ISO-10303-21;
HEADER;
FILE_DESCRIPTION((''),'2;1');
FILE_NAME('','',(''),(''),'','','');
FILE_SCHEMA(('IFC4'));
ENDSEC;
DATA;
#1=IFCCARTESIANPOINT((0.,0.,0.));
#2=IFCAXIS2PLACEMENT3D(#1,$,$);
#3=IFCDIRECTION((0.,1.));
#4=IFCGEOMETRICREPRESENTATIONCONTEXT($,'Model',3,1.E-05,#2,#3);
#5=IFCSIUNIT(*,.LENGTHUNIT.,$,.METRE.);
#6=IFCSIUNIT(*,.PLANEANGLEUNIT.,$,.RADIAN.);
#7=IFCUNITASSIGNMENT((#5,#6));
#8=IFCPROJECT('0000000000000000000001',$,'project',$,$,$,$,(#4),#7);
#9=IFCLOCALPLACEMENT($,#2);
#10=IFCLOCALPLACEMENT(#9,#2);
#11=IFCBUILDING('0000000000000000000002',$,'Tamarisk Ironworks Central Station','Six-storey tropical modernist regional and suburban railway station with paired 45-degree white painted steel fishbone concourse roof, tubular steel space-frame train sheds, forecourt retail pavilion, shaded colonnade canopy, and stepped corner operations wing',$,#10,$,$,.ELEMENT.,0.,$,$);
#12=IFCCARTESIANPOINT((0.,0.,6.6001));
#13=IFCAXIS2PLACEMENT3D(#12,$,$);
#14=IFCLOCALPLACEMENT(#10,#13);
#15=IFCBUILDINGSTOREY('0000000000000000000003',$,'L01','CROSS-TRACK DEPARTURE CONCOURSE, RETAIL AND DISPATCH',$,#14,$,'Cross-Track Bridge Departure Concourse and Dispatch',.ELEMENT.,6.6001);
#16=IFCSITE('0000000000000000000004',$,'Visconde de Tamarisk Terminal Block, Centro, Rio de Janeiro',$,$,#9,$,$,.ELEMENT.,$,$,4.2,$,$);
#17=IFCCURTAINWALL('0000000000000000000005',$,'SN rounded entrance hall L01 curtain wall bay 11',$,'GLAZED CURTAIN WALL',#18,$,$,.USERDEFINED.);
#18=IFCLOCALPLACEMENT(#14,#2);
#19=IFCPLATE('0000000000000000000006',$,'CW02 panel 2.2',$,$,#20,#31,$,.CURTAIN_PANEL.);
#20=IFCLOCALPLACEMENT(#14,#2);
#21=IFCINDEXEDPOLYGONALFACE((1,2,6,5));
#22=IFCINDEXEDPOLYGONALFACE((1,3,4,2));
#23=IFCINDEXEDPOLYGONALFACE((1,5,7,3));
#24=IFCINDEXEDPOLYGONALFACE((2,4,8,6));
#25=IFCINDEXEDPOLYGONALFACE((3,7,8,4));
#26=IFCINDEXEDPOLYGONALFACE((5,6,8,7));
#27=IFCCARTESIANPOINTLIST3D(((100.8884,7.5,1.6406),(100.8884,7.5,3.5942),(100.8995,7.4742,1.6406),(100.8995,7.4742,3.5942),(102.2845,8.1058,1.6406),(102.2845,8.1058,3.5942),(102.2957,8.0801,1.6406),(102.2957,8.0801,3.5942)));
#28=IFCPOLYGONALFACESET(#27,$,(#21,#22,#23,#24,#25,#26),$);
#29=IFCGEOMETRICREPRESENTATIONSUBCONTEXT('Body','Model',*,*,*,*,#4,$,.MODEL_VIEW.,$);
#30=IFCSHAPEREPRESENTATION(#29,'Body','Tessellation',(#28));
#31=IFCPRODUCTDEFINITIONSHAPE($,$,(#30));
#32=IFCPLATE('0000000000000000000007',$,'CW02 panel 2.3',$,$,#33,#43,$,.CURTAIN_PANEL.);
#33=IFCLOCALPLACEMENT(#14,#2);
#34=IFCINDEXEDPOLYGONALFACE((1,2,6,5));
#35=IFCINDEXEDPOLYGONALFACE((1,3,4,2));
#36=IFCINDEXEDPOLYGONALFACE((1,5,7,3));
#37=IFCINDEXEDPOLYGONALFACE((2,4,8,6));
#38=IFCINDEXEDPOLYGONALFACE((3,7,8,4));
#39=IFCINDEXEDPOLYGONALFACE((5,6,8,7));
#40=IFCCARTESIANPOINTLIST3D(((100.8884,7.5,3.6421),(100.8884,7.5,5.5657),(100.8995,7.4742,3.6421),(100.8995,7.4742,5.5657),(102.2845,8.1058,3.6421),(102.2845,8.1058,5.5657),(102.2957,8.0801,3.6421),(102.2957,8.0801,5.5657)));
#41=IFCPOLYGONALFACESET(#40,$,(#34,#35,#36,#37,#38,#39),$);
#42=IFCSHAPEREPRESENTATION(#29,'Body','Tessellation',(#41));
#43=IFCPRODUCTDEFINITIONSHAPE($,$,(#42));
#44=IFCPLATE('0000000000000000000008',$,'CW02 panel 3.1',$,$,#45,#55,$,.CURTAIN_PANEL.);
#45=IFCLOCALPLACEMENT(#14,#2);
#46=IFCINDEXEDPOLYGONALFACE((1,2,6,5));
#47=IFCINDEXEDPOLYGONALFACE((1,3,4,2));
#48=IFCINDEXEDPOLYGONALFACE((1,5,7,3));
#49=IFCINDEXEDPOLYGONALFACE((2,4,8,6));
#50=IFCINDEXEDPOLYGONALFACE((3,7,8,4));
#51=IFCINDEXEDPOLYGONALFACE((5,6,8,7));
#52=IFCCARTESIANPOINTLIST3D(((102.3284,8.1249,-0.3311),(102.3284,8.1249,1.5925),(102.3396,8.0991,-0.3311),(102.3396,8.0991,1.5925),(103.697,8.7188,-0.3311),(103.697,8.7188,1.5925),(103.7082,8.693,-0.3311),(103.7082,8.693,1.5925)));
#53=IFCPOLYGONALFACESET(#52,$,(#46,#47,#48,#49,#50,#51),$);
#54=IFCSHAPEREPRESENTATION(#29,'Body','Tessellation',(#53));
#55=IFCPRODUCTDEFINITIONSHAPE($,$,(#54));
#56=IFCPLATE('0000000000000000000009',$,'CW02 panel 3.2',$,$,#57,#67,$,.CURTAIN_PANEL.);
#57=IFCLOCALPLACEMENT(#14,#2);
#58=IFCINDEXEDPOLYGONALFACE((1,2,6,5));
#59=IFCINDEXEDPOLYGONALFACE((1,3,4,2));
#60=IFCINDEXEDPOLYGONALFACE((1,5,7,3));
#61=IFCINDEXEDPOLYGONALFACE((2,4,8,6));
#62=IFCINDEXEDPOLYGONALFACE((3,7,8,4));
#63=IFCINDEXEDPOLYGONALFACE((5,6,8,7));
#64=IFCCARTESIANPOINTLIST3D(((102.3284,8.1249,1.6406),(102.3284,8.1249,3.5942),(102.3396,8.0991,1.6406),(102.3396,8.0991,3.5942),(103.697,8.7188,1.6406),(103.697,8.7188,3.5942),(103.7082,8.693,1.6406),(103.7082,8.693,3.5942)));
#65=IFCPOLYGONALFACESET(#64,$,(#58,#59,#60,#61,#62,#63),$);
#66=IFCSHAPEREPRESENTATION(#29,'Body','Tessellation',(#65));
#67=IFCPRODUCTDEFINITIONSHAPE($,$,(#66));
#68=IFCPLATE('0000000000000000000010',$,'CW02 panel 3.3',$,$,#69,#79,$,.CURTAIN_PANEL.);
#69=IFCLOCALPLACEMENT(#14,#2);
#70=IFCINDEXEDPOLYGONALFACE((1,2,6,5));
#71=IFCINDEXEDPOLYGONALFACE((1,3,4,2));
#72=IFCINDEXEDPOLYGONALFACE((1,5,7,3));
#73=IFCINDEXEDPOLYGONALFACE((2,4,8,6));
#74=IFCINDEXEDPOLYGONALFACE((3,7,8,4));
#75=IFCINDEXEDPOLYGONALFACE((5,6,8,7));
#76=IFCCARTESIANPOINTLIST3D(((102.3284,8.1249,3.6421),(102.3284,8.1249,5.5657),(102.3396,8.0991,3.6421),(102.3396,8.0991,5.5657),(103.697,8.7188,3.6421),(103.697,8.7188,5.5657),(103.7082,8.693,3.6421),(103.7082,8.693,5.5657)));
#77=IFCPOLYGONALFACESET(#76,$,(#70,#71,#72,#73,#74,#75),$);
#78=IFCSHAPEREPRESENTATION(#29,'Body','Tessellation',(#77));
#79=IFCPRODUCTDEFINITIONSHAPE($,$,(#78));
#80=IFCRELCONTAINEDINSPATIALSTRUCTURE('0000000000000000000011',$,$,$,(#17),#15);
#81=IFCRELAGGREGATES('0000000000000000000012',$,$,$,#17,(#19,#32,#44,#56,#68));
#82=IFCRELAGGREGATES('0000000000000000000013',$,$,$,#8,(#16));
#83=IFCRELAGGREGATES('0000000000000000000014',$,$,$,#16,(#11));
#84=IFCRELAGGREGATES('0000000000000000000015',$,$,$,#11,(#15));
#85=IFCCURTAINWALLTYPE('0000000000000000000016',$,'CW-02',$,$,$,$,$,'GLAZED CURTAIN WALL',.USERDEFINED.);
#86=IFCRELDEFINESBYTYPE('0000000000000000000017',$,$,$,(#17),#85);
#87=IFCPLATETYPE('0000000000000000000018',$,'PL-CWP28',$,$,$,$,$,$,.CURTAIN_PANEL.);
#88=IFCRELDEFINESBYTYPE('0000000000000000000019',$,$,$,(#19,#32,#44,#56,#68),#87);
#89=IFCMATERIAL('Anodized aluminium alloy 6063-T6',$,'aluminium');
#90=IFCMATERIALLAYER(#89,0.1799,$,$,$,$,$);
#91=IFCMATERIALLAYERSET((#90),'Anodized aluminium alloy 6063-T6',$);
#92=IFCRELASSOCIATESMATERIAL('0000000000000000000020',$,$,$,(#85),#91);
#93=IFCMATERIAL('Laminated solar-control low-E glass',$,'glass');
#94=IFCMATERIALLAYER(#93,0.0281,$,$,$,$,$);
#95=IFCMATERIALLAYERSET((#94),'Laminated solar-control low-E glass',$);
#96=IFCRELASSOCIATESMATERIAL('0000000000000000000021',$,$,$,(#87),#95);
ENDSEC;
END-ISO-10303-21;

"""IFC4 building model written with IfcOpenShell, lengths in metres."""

from ifc_helpers import new_model, si_unit, direction, frame, origin, origin_2d, place, context, subcontext, project, spatial, rectangle, extrude, material, layer, layer_set, type_object, element, aggregate, save


model = new_model("IFC4")

# Units and contexts
model_context = context("Model", 3, precision=1e-05, world=origin(), true_north=direction((0.0, 1.0)))
body_context = subcontext(model_context, "Body", "Model", "MODEL_VIEW")
ifc_project = project(units=[si_unit("LENGTHUNIT", "METRE"), si_unit("PLANEANGLEUNIT", "RADIAN")], contexts=[model_context])

# Site, building, storey
site_placement = place(None, origin())
site = spatial("IfcSite", under=ifc_project, at=site_placement, Name="Visconde de Tamarisk Terminal Block, Centro, Rio de Janeiro", CompositionType="ELEMENT", RefElevation=4.2)
building_placement = place(site_placement, origin())
building = spatial("IfcBuilding", under=site, at=building_placement, Name="Tamarisk Ironworks Central Station", Description="Six-storey tropical modernist regional and suburban railway station with paired 45-degree white painted steel fishbone concourse roof, tubular steel space-frame train sheds, forecourt retail pavilion, shaded colonnade canopy, and stepped corner operations wing", CompositionType="ELEMENT", ElevationOfRefHeight=0.0)
storey_placement = place(building_placement, frame((0.0, 0.0, 6.6001)))
storey = spatial("IfcBuildingStorey", under=building, at=storey_placement, Name="L01", Description="CROSS-TRACK DEPARTURE CONCOURSE, RETAIL AND DISPATCH", LongName="Cross-Track Bridge Departure Concourse and Dispatch", CompositionType="ELEMENT", Elevation=6.6001)

# Curtain wall, plates
ifc_material_1 = material(Name="Anodized aluminium alloy 6063-T6", Category="aluminium")
ifc_layer_1 = layer(ifc_material_1, 0.1799)
ifc_layer_set_1 = layer_set([ifc_layer_1], Name="Anodized aluminium alloy 6063-T6")
curtain_wall_type = type_object("IfcCurtainWallType", Name="CW-02", ElementType="GLAZED CURTAIN WALL", PredefinedType="USERDEFINED", material=ifc_layer_set_1)
curtain_wall_placement = place(storey_placement, origin())
curtain_wall = element("IfcCurtainWall", 1, at=curtain_wall_placement, inside=storey, type_object=curtain_wall_type, Name="SN rounded entrance hall L01 curtain wall bay 11", ObjectType="GLAZED CURTAIN WALL", PredefinedType="USERDEFINED")
ifc_material_2 = material(Name="Laminated solar-control low-E glass", Category="glass")
ifc_layer_2 = layer(ifc_material_2, 0.0281)
ifc_layer_set_2 = layer_set([ifc_layer_2], Name="Laminated solar-control low-E glass")
plate_type = type_object("IfcPlateType", Name="PL-CWP28", PredefinedType="CURTAIN_PANEL", material=ifc_layer_set_2)
plate_1_placement = place(storey_placement, frame((101.592, 7.79, 1.6406), z_axis=(0.0, 0.0, 1.0), x_axis=(0.917352, 0.398077, 0.0)))
plate_1 = element("IfcPlate", 2, at=plate_1_placement, type_object=plate_type, Name="CW02 panel 2.2", PredefinedType="CURTAIN_PANEL", context=body_context, shape_type="SweptSolid", body=[
    extrude(rectangle(XDim=1.522, YDim=0.0281, at=origin_2d()), origin(), (0.0, 0.0, 1.0), 1.9536),
])
plate_2_placement = place(storey_placement, frame((101.592, 7.79, 3.6421), z_axis=(0.0, 0.0, 1.0), x_axis=(0.917352, 0.398077, 0.0)))
plate_2 = element("IfcPlate", 3, at=plate_2_placement, type_object=plate_type, Name="CW02 panel 2.3", PredefinedType="CURTAIN_PANEL", context=body_context, shape_type="SweptSolid", body=[
    extrude(rectangle(XDim=1.522, YDim=0.0281, at=origin_2d()), origin(), (0.0, 0.0, 1.0), 1.9236),
])
plate_3_placement = place(storey_placement, frame((103.0183, 8.4089, -0.3311), z_axis=(0.0, 0.0, 1.0), x_axis=(0.917352, 0.398077, 0.0)))
plate_3 = element("IfcPlate", 4, at=plate_3_placement, type_object=plate_type, Name="CW02 panel 3.1", PredefinedType="CURTAIN_PANEL", context=body_context, shape_type="SweptSolid", body=[
    extrude(rectangle(XDim=1.4919, YDim=0.0281, at=origin_2d()), origin(), (0.0, 0.0, 1.0), 1.9236),
])
plate_4_placement = place(storey_placement, frame((103.0183, 8.4089, 1.6406), z_axis=(0.0, 0.0, 1.0), x_axis=(0.917352, 0.398077, 0.0)))
plate_4 = element("IfcPlate", 5, at=plate_4_placement, type_object=plate_type, Name="CW02 panel 3.2", PredefinedType="CURTAIN_PANEL", context=body_context, shape_type="SweptSolid", body=[
    extrude(rectangle(XDim=1.4919, YDim=0.0281, at=origin_2d()), origin(), (0.0, 0.0, 1.0), 1.9536),
])
plate_5_placement = place(storey_placement, frame((103.0183, 8.4089, 3.6421), z_axis=(0.0, 0.0, 1.0), x_axis=(0.917352, 0.398077, 0.0)))
plate_5 = element("IfcPlate", 6, at=plate_5_placement, type_object=plate_type, Name="CW02 panel 3.3", PredefinedType="CURTAIN_PANEL", context=body_context, shape_type="SweptSolid", body=[
    extrude(rectangle(XDim=1.4919, YDim=0.0281, at=origin_2d()), origin(), (0.0, 0.0, 1.0), 1.9236),
])
aggregate(curtain_wall, [plate_1, plate_2, plate_3, plate_4, plate_5])

save(model, "model.ifc")
